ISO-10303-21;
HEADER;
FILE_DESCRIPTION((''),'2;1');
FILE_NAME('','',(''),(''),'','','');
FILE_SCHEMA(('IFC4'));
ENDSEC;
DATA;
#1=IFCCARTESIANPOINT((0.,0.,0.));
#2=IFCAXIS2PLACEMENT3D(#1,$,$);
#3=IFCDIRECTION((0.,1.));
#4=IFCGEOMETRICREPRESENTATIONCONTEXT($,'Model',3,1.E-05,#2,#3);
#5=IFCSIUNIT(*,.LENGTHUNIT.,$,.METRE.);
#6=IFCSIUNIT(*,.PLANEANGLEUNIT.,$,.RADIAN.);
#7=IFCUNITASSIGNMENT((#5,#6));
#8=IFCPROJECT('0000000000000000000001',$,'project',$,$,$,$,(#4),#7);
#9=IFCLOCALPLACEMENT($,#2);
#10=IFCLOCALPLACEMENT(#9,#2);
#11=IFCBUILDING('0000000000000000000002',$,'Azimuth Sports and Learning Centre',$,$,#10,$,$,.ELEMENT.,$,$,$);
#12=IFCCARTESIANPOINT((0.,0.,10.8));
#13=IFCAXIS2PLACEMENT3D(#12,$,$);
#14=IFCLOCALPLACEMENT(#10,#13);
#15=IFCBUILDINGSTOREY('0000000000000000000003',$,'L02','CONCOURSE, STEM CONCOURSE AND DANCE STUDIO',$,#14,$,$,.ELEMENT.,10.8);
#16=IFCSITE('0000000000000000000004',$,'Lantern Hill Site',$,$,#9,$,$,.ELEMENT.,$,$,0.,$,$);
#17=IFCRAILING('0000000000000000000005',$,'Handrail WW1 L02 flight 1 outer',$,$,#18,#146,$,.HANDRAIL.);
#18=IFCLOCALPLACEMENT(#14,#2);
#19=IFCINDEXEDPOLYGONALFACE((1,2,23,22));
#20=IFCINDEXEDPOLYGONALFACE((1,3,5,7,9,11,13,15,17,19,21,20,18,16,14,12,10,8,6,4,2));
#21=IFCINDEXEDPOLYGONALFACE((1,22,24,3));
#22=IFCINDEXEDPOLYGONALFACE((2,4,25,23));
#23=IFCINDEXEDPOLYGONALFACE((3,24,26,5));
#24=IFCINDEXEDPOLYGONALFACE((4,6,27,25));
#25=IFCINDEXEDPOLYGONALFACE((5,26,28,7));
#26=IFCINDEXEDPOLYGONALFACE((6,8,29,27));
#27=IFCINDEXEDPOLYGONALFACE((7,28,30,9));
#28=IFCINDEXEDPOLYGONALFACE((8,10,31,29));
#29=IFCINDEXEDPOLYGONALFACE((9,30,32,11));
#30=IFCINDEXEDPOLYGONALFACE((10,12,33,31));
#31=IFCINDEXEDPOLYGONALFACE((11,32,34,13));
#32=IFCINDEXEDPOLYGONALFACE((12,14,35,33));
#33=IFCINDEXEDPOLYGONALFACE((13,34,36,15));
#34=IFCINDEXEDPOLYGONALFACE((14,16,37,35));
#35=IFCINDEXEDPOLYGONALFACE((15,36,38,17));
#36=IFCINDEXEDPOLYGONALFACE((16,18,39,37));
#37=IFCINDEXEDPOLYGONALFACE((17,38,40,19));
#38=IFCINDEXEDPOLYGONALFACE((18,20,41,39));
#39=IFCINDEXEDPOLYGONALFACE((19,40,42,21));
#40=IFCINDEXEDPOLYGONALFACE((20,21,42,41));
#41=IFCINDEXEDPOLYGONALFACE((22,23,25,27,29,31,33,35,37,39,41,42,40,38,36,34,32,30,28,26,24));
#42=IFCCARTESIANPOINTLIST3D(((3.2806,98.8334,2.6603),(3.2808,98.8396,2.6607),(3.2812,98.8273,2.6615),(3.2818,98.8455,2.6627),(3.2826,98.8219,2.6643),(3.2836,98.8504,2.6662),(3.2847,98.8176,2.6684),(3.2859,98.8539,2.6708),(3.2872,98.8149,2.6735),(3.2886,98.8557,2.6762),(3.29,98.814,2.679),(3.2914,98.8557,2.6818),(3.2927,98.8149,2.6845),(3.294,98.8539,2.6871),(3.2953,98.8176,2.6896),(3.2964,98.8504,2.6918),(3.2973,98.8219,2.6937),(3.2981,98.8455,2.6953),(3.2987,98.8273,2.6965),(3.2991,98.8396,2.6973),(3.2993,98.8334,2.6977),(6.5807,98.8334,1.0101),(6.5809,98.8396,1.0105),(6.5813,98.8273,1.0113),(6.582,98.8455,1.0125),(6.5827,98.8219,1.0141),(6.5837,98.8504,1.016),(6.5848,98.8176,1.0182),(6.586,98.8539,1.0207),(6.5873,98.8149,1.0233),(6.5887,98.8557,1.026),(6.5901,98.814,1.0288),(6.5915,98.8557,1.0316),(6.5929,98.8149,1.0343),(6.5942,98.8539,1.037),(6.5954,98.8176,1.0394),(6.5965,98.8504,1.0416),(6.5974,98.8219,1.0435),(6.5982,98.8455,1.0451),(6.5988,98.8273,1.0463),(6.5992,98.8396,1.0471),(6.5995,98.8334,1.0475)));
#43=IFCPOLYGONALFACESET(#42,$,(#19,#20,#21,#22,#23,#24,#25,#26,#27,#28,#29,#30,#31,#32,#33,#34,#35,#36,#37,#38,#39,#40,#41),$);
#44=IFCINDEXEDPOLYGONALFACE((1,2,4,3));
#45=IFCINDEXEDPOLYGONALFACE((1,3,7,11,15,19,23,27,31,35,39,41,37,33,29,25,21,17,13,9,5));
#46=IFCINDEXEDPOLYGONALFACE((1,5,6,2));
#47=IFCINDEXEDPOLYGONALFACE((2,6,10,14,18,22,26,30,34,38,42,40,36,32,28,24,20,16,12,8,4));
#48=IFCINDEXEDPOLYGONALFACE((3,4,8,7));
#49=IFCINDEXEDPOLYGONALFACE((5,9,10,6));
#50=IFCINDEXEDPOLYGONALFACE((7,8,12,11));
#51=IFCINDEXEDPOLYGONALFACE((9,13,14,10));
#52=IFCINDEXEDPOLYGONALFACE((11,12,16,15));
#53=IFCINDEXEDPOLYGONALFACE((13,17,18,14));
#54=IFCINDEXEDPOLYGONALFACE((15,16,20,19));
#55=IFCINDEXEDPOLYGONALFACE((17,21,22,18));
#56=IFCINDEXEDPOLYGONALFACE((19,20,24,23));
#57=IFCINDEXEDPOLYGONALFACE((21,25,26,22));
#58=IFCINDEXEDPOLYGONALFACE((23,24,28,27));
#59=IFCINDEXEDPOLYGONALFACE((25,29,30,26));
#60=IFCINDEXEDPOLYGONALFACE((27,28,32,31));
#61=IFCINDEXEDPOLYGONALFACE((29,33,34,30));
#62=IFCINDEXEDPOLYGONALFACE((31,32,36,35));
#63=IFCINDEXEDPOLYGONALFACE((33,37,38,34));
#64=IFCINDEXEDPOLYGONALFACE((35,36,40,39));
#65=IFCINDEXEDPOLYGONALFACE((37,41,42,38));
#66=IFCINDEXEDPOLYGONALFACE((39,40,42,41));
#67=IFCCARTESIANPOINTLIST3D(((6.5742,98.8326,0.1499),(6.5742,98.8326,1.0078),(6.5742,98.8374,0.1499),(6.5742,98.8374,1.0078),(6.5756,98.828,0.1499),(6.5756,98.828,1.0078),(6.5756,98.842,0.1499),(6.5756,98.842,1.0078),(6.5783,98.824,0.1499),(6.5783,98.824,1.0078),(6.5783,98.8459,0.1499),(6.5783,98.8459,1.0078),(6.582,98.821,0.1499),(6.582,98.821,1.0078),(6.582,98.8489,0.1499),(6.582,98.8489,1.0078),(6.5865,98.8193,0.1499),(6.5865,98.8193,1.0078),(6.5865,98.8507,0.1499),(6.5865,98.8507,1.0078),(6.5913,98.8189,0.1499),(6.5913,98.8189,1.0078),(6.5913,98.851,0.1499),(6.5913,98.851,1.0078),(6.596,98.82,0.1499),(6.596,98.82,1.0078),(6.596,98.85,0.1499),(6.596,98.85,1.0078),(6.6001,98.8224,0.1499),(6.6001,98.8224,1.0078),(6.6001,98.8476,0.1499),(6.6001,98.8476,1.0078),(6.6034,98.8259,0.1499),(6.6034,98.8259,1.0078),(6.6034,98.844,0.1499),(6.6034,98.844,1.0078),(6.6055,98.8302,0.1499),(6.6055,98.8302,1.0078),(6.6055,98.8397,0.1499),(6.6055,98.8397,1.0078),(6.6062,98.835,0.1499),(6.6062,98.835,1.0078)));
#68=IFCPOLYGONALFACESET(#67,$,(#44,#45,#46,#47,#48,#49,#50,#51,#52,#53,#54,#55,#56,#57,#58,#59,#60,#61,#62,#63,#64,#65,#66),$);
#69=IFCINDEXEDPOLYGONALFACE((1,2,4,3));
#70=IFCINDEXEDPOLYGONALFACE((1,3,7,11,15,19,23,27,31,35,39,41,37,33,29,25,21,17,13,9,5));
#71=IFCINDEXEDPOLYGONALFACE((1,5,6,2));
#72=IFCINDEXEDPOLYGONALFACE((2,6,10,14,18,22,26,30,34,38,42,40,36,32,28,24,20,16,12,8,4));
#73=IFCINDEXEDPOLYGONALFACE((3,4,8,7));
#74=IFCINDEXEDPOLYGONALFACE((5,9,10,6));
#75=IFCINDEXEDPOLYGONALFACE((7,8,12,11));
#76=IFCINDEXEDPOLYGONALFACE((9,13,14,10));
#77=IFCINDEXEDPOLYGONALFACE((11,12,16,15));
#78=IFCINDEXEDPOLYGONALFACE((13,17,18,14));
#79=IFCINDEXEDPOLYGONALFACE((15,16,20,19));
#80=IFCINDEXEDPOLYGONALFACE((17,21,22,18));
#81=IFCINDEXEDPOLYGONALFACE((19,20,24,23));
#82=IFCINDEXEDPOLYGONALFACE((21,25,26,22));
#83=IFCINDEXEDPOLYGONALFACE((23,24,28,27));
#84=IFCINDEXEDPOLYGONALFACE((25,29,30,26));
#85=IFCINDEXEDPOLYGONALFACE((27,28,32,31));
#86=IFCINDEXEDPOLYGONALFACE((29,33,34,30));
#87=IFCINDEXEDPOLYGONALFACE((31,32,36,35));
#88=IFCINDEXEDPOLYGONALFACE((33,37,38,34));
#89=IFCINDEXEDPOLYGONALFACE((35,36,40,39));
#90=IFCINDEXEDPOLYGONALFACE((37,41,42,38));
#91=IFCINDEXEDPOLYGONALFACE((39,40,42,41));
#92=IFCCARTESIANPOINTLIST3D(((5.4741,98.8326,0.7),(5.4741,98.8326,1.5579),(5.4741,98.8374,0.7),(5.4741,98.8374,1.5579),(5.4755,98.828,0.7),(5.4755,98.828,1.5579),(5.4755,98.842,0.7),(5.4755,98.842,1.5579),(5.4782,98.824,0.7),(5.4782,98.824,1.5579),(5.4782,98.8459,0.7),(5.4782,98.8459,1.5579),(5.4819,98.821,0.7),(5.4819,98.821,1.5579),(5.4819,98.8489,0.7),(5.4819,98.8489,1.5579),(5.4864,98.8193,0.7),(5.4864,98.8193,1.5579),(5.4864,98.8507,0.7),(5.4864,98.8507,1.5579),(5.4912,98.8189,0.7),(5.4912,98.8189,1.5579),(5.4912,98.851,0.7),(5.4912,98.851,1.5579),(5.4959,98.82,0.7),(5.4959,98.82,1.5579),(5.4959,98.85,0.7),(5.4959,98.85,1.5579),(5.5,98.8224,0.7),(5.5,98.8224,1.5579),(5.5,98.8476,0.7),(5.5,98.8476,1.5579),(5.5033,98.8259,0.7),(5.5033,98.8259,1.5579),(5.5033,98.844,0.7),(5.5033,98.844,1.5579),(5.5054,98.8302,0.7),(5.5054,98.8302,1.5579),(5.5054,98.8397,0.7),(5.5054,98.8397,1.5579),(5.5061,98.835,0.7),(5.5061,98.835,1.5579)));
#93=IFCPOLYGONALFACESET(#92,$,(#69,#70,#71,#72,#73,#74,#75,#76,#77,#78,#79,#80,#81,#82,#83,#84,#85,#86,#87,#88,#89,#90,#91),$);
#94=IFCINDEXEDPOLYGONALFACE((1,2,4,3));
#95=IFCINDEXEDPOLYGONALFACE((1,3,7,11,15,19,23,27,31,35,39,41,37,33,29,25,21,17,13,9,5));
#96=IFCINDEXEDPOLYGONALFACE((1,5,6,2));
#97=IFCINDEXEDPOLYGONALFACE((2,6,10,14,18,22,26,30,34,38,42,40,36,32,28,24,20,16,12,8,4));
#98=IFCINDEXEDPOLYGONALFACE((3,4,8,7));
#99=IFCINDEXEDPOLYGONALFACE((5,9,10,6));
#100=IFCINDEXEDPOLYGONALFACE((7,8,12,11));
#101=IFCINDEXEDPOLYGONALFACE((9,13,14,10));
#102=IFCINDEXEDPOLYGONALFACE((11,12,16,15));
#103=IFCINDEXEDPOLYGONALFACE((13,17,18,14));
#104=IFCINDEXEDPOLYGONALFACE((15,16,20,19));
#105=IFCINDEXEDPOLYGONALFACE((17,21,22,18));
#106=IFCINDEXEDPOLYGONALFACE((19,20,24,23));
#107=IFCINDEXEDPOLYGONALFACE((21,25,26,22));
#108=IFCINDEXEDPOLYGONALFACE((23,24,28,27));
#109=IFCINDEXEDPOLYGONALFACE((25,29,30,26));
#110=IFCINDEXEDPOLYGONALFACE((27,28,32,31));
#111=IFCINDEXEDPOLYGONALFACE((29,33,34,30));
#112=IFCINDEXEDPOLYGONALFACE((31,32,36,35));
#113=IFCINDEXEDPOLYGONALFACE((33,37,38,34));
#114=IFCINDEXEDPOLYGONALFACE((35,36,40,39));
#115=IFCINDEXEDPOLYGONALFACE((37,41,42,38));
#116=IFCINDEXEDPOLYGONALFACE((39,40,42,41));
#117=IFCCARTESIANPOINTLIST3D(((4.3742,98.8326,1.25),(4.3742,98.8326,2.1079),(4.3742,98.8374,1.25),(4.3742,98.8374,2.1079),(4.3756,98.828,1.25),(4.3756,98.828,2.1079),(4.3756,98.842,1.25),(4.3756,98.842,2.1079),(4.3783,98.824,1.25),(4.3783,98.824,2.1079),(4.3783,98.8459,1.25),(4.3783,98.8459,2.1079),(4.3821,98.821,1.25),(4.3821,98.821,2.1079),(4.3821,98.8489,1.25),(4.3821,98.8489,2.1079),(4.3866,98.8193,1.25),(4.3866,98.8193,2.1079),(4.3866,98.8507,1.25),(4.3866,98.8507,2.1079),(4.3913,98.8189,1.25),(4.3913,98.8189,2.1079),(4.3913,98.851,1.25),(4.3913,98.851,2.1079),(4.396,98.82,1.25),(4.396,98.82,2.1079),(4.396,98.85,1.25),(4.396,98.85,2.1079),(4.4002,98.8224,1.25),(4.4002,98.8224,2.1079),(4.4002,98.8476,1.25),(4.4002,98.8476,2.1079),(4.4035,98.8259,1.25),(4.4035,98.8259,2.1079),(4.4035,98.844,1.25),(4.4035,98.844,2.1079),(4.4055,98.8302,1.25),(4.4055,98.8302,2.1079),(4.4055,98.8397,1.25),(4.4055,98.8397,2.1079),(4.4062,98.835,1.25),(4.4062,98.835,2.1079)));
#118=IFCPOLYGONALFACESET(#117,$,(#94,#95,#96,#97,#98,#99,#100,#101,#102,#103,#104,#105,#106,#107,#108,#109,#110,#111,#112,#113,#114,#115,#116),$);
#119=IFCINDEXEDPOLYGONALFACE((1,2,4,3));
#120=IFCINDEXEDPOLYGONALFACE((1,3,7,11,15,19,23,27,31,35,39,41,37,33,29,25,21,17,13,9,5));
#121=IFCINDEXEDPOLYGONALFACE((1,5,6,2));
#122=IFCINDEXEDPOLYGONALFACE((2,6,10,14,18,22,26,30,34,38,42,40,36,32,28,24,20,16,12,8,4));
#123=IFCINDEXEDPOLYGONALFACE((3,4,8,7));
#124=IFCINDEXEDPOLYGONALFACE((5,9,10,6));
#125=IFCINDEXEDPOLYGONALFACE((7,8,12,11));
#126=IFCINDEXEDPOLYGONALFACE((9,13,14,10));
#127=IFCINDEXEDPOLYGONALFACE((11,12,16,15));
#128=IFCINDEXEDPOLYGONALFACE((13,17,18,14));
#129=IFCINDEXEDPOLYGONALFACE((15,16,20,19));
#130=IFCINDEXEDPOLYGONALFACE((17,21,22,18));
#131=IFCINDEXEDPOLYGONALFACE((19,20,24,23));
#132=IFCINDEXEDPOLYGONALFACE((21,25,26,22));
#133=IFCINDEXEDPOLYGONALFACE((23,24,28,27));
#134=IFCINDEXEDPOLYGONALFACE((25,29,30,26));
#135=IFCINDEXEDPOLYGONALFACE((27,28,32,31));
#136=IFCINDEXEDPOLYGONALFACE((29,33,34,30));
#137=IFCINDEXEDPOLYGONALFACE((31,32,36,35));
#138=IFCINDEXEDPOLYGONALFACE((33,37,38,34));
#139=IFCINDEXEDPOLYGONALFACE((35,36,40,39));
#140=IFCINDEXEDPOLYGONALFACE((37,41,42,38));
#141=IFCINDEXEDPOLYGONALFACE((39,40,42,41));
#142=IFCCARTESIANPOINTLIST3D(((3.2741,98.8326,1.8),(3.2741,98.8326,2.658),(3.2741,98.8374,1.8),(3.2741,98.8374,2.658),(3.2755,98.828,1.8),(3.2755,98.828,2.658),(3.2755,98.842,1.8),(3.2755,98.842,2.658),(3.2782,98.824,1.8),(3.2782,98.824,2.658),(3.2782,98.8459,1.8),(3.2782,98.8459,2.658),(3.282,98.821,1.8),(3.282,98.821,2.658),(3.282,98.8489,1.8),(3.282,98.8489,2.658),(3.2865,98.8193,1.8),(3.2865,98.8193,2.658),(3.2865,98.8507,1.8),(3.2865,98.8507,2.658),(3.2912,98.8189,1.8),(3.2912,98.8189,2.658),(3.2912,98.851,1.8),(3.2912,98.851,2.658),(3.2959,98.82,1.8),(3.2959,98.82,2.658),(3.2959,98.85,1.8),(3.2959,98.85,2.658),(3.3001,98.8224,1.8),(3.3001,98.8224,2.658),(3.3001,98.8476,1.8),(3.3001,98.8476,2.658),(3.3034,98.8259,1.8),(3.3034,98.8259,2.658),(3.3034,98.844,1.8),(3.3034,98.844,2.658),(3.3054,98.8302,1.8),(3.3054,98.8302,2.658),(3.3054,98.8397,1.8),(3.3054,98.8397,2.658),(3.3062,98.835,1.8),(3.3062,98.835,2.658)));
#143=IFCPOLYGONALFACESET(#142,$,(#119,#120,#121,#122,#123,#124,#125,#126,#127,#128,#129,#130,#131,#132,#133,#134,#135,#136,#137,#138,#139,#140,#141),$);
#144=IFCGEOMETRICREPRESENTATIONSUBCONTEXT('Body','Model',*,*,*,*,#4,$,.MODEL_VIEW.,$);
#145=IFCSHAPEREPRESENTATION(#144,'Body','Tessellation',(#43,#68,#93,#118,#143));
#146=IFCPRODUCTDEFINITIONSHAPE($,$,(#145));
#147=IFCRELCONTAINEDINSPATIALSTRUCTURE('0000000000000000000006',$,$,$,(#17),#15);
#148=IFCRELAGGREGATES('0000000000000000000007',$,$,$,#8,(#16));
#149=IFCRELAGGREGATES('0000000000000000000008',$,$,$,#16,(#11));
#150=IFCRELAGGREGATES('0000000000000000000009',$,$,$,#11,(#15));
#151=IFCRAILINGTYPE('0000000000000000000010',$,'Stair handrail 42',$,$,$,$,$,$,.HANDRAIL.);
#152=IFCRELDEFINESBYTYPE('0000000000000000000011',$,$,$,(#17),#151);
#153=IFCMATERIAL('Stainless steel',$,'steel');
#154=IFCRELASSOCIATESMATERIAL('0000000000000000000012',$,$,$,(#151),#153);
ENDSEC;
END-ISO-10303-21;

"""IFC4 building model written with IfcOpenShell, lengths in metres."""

from ifc_helpers import new_model, si_unit, direction, frame, origin, origin_2d, place, context, subcontext, project, spatial, circle, extrude, material, type_object, element, save


model = new_model("IFC4")

# Units and contexts
model_context = context("Model", 3, precision=1e-05, world=origin(), true_north=direction((0.0, 1.0)))
body_context = subcontext(model_context, "Body", "Model", "MODEL_VIEW")
ifc_project = project(units=[si_unit("LENGTHUNIT", "METRE"), si_unit("PLANEANGLEUNIT", "RADIAN")], contexts=[model_context])

# Site, building, storey
site_placement = place(None, origin())
site = spatial("IfcSite", under=ifc_project, at=site_placement, Name="Lantern Hill Site", CompositionType="ELEMENT", RefElevation=0.0)
building_placement = place(site_placement, origin())
building = spatial("IfcBuilding", under=site, at=building_placement, Name="Azimuth Sports and Learning Centre", CompositionType="ELEMENT")
storey_placement = place(building_placement, frame((0.0, 0.0, 10.8)))
storey = spatial("IfcBuildingStorey", under=building, at=storey_placement, Name="L02", Description="CONCOURSE, STEM CONCOURSE AND DANCE STUDIO", CompositionType="ELEMENT", Elevation=10.8)

# Railing
ifc_material_1 = material(Name="Stainless steel", Category="steel")
railing_type = type_object("IfcRailingType", Name="Stair handrail 42", PredefinedType="HANDRAIL", material=ifc_material_1)
for number, where, name in (
    (1, (6.5901, 98.835, 0.1499), "Handrail WW1 L02 flight 1 outer"),
):
    element("IfcRailing", number, at=place(storey_placement, frame(where)), inside=storey, type_object=railing_type, Name=name, PredefinedType="HANDRAIL", context=body_context, shape_type="SweptSolid", body=[
        extrude(circle(Radius=0.021, at=origin_2d()), frame((0.0, 0.0, 0.8789), z_axis=(-0.894414, 0.0, 0.44724), x_axis=(0.0, -1.0, 0.0)), (0.0, 0.0, 1.0), 3.6897),
        extrude(circle(Radius=0.0161, at=origin_2d()), origin(), (0.0, 0.0, 1.0), 0.8579),
        extrude(circle(Radius=0.0161, at=origin_2d()), frame((-1.1001, 0.0, 0.55)), (0.0, 0.0, 1.0), 0.8579),
        extrude(circle(Radius=0.0161, at=origin_2d()), frame((-2.2, 0.0, 1.1001)), (0.0, 0.0, 1.0), 0.8579),
        extrude(circle(Radius=0.0161, at=origin_2d()), frame((-3.3, 0.0, 1.6501)), (0.0, 0.0, 1.0), 0.8579),
    ])

save(model, "model.ifc")
